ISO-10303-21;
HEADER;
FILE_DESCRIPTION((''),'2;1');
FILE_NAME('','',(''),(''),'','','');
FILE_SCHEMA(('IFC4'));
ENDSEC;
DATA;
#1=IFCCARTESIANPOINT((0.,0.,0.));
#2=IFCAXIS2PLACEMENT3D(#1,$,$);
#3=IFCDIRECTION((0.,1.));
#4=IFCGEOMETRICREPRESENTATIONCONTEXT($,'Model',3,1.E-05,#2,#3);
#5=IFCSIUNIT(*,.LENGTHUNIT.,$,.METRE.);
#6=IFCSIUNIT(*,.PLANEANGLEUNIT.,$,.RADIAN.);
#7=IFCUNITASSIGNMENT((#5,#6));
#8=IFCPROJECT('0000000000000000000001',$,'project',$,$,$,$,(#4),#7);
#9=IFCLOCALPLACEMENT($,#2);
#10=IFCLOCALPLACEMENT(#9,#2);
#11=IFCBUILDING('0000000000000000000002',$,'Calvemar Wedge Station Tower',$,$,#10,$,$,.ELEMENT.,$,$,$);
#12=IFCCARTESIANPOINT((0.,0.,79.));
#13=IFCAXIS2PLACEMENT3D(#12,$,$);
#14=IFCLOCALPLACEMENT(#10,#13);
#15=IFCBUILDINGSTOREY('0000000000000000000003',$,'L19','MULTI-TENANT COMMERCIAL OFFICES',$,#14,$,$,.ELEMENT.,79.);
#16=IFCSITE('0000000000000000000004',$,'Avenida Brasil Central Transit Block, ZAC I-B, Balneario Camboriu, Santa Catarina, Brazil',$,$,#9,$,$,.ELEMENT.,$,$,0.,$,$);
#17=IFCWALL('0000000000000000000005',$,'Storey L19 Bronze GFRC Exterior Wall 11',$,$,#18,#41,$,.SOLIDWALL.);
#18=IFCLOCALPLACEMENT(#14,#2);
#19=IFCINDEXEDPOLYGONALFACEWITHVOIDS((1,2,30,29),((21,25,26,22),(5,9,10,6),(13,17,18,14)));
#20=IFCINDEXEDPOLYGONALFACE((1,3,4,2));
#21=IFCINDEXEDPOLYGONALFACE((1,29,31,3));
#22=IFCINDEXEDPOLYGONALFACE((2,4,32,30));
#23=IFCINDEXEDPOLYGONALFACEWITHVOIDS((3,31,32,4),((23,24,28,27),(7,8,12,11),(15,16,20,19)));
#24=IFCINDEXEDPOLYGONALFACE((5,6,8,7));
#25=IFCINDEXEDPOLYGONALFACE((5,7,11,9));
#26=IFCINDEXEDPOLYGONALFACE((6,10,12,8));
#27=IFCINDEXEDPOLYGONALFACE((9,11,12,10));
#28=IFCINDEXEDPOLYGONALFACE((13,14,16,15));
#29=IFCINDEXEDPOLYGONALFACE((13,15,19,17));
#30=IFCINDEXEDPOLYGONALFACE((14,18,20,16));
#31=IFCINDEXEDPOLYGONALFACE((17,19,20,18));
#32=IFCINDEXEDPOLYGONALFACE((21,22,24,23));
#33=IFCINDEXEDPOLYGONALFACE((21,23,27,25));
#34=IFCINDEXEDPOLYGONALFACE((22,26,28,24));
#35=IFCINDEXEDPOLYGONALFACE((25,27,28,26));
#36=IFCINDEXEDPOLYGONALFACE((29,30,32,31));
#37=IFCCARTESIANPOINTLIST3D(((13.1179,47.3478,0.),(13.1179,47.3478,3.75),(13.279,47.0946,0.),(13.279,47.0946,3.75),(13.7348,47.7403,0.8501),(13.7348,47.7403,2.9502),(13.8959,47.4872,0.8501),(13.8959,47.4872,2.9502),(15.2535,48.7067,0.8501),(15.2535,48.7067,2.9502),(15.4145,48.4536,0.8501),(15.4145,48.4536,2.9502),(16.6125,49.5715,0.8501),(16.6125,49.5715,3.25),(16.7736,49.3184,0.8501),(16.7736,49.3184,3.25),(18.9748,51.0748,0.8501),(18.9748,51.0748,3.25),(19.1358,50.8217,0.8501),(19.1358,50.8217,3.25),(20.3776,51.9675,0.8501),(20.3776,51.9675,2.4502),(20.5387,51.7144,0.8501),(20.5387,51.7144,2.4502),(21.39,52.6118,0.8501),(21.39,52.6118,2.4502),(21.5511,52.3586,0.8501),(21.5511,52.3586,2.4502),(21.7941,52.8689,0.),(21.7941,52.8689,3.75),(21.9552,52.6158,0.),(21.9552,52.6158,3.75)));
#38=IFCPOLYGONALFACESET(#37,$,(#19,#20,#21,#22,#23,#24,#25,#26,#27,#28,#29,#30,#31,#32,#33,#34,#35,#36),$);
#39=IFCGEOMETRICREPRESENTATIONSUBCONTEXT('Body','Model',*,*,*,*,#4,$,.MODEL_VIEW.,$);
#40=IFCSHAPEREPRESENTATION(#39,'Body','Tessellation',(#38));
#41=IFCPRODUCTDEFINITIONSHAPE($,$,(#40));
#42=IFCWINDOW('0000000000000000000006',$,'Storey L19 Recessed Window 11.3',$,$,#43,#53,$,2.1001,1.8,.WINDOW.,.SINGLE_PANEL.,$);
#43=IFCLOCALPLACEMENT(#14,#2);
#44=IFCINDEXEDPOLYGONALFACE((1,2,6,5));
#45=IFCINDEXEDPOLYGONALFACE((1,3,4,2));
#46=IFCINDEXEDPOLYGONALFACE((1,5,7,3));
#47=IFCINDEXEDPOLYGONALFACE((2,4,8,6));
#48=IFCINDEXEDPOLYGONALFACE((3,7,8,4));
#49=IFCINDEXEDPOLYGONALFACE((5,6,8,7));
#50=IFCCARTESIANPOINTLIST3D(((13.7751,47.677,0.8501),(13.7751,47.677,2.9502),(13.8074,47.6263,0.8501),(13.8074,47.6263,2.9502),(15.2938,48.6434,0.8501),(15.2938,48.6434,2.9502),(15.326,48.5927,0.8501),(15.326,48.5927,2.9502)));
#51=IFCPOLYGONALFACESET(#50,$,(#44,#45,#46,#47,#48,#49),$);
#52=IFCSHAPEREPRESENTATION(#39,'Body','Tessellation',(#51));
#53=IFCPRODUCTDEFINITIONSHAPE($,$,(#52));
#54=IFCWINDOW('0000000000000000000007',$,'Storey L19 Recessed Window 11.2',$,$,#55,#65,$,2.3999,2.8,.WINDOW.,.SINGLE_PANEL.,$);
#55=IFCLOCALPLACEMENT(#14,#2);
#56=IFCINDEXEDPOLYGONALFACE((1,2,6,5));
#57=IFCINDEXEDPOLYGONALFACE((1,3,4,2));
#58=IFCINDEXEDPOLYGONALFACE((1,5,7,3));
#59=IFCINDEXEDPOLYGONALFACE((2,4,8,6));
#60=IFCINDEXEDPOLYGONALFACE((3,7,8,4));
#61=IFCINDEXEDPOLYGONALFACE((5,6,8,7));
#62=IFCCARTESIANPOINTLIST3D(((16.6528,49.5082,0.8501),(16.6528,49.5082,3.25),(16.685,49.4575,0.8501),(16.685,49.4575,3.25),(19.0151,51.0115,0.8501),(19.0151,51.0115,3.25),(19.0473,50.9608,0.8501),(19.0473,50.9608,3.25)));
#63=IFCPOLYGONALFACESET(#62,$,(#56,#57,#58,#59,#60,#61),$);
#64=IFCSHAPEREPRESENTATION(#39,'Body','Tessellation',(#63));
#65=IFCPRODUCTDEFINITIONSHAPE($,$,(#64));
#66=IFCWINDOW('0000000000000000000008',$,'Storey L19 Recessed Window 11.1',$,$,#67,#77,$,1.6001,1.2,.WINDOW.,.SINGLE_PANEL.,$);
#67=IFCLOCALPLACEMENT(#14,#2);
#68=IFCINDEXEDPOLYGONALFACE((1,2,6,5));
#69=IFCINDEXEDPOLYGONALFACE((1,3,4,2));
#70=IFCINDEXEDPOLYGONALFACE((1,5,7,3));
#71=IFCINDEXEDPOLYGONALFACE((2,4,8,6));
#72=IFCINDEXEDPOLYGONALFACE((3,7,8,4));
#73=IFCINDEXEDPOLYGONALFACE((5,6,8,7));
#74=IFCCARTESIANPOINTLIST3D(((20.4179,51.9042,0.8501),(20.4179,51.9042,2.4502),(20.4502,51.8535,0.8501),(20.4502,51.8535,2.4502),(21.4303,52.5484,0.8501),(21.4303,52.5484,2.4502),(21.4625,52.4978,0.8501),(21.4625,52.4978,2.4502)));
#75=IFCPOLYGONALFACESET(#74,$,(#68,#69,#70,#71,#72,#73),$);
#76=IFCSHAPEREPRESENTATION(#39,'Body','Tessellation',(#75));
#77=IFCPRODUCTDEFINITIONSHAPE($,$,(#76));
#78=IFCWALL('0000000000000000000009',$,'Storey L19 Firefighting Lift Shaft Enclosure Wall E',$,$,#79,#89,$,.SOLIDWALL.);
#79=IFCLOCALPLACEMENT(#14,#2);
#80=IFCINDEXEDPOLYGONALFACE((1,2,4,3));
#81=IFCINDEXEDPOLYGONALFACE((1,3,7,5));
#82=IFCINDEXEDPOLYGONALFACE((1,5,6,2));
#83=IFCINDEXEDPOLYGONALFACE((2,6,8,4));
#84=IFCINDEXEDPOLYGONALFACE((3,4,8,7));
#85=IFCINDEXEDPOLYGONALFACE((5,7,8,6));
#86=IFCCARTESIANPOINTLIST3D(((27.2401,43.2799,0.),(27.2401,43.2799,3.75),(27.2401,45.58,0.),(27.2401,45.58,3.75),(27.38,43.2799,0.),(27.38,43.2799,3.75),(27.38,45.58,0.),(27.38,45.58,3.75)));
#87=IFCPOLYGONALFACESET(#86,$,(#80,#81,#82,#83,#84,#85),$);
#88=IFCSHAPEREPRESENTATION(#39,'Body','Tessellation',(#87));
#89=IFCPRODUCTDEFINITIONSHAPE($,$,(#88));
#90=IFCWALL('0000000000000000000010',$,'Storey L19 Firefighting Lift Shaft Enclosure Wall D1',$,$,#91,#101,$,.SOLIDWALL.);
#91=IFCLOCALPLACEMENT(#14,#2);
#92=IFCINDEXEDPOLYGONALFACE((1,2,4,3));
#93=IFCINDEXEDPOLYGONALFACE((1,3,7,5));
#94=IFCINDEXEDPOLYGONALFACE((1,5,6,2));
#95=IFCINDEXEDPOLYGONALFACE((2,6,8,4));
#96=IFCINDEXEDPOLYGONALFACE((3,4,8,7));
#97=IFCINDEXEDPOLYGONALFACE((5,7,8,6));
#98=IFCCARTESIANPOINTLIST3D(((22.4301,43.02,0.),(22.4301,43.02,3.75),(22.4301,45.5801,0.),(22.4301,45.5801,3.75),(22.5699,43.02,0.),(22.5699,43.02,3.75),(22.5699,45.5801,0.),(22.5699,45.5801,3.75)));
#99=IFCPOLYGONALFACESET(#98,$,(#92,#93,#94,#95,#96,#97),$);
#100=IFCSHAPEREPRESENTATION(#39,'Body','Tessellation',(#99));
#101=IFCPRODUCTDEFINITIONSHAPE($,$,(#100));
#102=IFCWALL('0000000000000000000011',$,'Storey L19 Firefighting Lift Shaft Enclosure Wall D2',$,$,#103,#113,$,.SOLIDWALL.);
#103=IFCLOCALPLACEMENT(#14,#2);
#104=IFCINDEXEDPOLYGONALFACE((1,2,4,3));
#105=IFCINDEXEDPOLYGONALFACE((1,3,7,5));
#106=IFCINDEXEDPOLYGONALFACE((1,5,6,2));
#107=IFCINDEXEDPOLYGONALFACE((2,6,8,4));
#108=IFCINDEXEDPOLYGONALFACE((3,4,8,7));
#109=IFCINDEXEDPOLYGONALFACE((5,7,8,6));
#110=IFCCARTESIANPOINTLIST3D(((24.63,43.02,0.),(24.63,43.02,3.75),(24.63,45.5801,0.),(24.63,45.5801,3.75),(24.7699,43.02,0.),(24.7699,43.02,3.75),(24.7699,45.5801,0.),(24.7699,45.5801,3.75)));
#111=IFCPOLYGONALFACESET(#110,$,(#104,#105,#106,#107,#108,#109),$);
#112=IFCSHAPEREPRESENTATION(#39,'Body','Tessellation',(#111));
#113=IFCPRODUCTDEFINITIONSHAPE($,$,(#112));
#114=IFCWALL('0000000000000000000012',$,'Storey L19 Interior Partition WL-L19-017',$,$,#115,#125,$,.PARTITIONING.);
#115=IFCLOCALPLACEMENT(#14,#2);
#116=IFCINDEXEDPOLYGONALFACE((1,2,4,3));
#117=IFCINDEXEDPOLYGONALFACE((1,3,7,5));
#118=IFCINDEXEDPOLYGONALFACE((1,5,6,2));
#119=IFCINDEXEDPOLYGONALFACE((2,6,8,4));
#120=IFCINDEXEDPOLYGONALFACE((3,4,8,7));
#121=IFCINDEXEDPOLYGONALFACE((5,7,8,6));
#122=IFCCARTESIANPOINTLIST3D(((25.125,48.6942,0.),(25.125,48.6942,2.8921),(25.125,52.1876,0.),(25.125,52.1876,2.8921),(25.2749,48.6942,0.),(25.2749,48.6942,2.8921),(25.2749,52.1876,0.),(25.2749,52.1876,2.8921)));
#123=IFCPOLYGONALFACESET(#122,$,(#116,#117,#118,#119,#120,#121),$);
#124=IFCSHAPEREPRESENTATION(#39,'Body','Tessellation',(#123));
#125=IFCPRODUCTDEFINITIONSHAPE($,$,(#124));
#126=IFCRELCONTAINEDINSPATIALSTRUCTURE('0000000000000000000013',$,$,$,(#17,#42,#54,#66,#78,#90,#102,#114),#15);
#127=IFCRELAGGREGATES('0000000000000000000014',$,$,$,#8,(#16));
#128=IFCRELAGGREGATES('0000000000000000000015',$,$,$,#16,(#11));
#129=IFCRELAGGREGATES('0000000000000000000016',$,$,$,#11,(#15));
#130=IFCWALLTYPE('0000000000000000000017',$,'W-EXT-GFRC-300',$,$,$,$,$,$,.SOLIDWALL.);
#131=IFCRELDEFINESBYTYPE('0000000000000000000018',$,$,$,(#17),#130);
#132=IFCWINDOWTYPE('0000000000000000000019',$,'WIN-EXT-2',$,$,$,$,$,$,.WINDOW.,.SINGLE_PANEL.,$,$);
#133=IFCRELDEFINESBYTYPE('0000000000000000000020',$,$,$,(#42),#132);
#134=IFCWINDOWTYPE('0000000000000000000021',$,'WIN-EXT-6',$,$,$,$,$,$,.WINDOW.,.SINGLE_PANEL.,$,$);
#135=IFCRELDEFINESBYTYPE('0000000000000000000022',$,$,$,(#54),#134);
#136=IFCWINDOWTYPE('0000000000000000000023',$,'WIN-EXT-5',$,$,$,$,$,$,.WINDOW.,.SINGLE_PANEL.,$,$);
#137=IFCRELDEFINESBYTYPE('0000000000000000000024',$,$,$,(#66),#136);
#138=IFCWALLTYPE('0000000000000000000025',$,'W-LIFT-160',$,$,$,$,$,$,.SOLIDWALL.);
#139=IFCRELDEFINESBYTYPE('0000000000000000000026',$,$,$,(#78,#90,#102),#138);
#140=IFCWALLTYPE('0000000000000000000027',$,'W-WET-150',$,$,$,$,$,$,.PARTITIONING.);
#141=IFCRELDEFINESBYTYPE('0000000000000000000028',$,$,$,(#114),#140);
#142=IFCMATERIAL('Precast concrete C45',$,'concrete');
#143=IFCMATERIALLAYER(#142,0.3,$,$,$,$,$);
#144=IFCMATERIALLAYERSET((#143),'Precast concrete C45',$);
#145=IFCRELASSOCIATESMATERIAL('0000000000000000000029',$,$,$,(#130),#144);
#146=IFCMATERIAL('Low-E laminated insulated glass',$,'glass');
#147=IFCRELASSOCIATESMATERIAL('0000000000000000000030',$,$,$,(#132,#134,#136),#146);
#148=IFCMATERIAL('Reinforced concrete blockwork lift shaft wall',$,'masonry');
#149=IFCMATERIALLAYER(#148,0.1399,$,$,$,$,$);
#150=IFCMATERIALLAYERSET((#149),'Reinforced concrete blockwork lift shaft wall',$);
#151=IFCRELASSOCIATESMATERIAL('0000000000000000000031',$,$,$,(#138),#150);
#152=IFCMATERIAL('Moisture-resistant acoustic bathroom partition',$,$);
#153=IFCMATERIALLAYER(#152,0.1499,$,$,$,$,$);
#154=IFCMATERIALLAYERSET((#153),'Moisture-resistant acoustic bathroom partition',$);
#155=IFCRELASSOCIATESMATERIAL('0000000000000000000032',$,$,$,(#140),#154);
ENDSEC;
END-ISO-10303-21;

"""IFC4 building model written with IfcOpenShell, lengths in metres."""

from ifc_helpers import new_model, si_unit, direction, frame, frame_2d, origin, place, context, subcontext, project, spatial, rectangle, extrude, source, transform, mapped, material, layer, layer_set, type_object, element, fill, save


model = new_model("IFC4")

# Units and contexts
model_context = context("Model", 3, precision=1e-05, world=origin(), true_north=direction((0.0, 1.0)))
body_context = subcontext(model_context, "Body", "Model", "MODEL_VIEW")
ifc_project = project(units=[si_unit("LENGTHUNIT", "METRE"), si_unit("PLANEANGLEUNIT", "RADIAN")], contexts=[model_context])

# Site, building, storey
site_placement = place(None, origin())
site = spatial("IfcSite", under=ifc_project, at=site_placement, Name="Avenida Brasil Central Transit Block, ZAC I-B, Balneario Camboriu, Santa Catarina, Brazil", CompositionType="ELEMENT", RefElevation=0.0)
building_placement = place(site_placement, origin())
building = spatial("IfcBuilding", under=site, at=building_placement, Name="Calvemar Wedge Station Tower", CompositionType="ELEMENT")
storey_placement = place(building_placement, frame((0.0, 0.0, 79.0)))
storey = spatial("IfcBuildingStorey", under=building, at=storey_placement, Name="L19", Description="MULTI-TENANT COMMERCIAL OFFICES", CompositionType="ELEMENT", Elevation=79.0)

# Wall, openings, windows
ifc_material_1 = material(Name="Precast concrete C45", Category="concrete")
ifc_layer_1 = layer(ifc_material_1, 0.3)
ifc_layer_set_1 = layer_set([ifc_layer_1], Name="Precast concrete C45")
wall_type_1 = type_object("IfcWallType", Name="W-EXT-GFRC-300", PredefinedType="SOLIDWALL", material=ifc_layer_set_1)
wall_1_placement = place(storey_placement, frame((21.8748, 52.7424, 0.0), z_axis=(0.0, 0.0, 1.0), x_axis=(-0.843662, -0.536874, 0.0)))
wall_1 = element("IfcWall", 1, at=wall_1_placement, inside=storey, type_object=wall_type_1, Name="Storey L19 Bronze GFRC Exterior Wall 11", PredefinedType="SOLIDWALL", context=body_context, shape_type="SweptSolid", body=[
    extrude(rectangle(XDim=10.2839, YDim=0.3, at=frame_2d((5.1421, 0.0))), origin(), (0.0, 0.0, 1.0), 3.75),
])
shared_shape_1 = source(origin(), body_context, "Body", "SweptSolid", [
    extrude(rectangle(XDim=1.2, YDim=1.6001, at=frame_2d((0.6001, 0.8))), frame((0.0, 0.1602, 0.0), z_axis=(0.0, -1.0, 0.0), x_axis=(1.0, 0.0, 0.0)), (0.0, 0.0, 1.0), 0.3201),
])
opening_1_placement = place(wall_1_placement, frame((0.479, 0.0, 0.8501)))
opening_1 = element("IfcOpeningElement", 2, at=opening_1_placement, cuts=wall_1, PredefinedType="OPENING", context=body_context, shape_type="MappedRepresentation", body=[
    mapped(shared_shape_1, transform((0.0, 0.0, 0.0), scale=1.0)),
])
shared_shape_2 = source(origin(), body_context, "Body", "SweptSolid", [
    extrude(rectangle(XDim=2.8, YDim=2.3999, at=frame_2d((1.3999, 1.2))), frame((0.0, 0.1602, 0.0), z_axis=(0.0, -1.0, 0.0), x_axis=(1.0, 0.0, 0.0)), (0.0, 0.0, 1.0), 0.3201),
])
opening_2_placement = place(wall_1_placement, frame((3.342, 0.0, 0.8501)))
opening_2 = element("IfcOpeningElement", 3, at=opening_2_placement, cuts=wall_1, PredefinedType="OPENING", context=body_context, shape_type="MappedRepresentation", body=[
    mapped(shared_shape_2, transform((0.0, 0.0, 0.0), scale=1.0)),
])
shared_shape_3 = source(origin(), body_context, "Body", "SweptSolid", [
    extrude(rectangle(XDim=1.8, YDim=2.1001, at=frame_2d((0.8999, 1.05))), frame((0.0, 0.1602, 0.0), z_axis=(0.0, -1.0, 0.0), x_axis=(1.0, 0.0, 0.0)), (0.0, 0.0, 1.0), 0.3201),
])
opening_3_placement = place(wall_1_placement, frame((7.7529, 0.0, 0.8501)))
opening_3 = element("IfcOpeningElement", 4, at=opening_3_placement, cuts=wall_1, PredefinedType="OPENING", context=body_context, shape_type="MappedRepresentation", body=[
    mapped(shared_shape_3, transform((0.0, 0.0, 0.0), scale=1.0)),
])
ifc_material_2 = material(Name="Low-E laminated insulated glass", Category="glass")
window_type_1 = type_object("IfcWindowType", Name="WIN-EXT-2", PartitioningType="SINGLE_PANEL", PredefinedType="WINDOW", material=ifc_material_2)
shared_shape_4 = source(origin(), body_context, "Body", "SweptSolid", [
    extrude(rectangle(XDim=1.8, YDim=2.1001, at=frame_2d((0.8999, 1.05))), frame((0.0, -0.0149, 0.0), z_axis=(0.0, -1.0, 0.0), x_axis=(1.0, 0.0, 0.0)), (0.0, 0.0, 1.0), 0.0601),
])
window_1_placement = place(opening_3_placement, origin())
window_1 = element("IfcWindow", 5, at=window_1_placement, inside=storey, type_object=window_type_1, Name="Storey L19 Recessed Window 11.3", OverallHeight=2.1001, OverallWidth=1.8, PartitioningType="SINGLE_PANEL", PredefinedType="WINDOW", context=body_context, shape_type="MappedRepresentation", body=[
    mapped(shared_shape_4, transform((0.0, 0.0, 0.0), scale=1.0)),
])
fill(opening_3, window_1)
window_type_2 = type_object("IfcWindowType", Name="WIN-EXT-6", PartitioningType="SINGLE_PANEL", PredefinedType="WINDOW", material=ifc_material_2)
shared_shape_5 = source(origin(), body_context, "Body", "SweptSolid", [
    extrude(rectangle(XDim=2.8, YDim=2.3999, at=frame_2d((1.3999, 1.2))), frame((0.0, -0.0149, 0.0), z_axis=(0.0, -1.0, 0.0), x_axis=(1.0, 0.0, 0.0)), (0.0, 0.0, 1.0), 0.0601),
])
window_2_placement = place(opening_2_placement, origin())
window_2 = element("IfcWindow", 6, at=window_2_placement, inside=storey, type_object=window_type_2, Name="Storey L19 Recessed Window 11.2", OverallHeight=2.3999, OverallWidth=2.8, PartitioningType="SINGLE_PANEL", PredefinedType="WINDOW", context=body_context, shape_type="MappedRepresentation", body=[
    mapped(shared_shape_5, transform((0.0, 0.0, 0.0), scale=1.0)),
])
fill(opening_2, window_2)
window_type_3 = type_object("IfcWindowType", Name="WIN-EXT-5", PartitioningType="SINGLE_PANEL", PredefinedType="WINDOW", material=ifc_material_2)
shared_shape_6 = source(origin(), body_context, "Body", "SweptSolid", [
    extrude(rectangle(XDim=1.2, YDim=1.6001, at=frame_2d((0.6001, 0.8))), frame((0.0, -0.0149, 0.0), z_axis=(0.0, -1.0, 0.0), x_axis=(1.0, 0.0, 0.0)), (0.0, 0.0, 1.0), 0.0601),
])
window_3_placement = place(opening_1_placement, origin())
window_3 = element("IfcWindow", 7, at=window_3_placement, inside=storey, type_object=window_type_3, Name="Storey L19 Recessed Window 11.1", OverallHeight=1.6001, OverallWidth=1.2, PartitioningType="SINGLE_PANEL", PredefinedType="WINDOW", context=body_context, shape_type="MappedRepresentation", body=[
    mapped(shared_shape_6, transform((0.0, 0.0, 0.0), scale=1.0)),
])
fill(opening_1, window_3)

# Shared definitions
ifc_material_3 = material(Name="Reinforced concrete blockwork lift shaft wall", Category="masonry")
ifc_layer_2 = layer(ifc_material_3, 0.1399)
ifc_layer_set_2 = layer_set([ifc_layer_2], Name="Reinforced concrete blockwork lift shaft wall")
wall_type_2 = type_object("IfcWallType", Name="W-LIFT-160", PredefinedType="SOLIDWALL", material=ifc_layer_set_2)

# Walls
wall_2_placement = place(storey_placement, frame((27.3101, 43.28, 0.0), z_axis=(0.0, 0.0, 1.0), x_axis=(0.0, 1.0, 0.0)))
element("IfcWall", 8, at=wall_2_placement, inside=storey, type_object=wall_type_2, Name="Storey L19 Firefighting Lift Shaft Enclosure Wall E", PredefinedType="SOLIDWALL", context=body_context, shape_type="SweptSolid", body=[
    extrude(rectangle(XDim=2.3, YDim=0.1399, at=frame_2d((1.1499, 0.0))), origin(), (0.0, 0.0, 1.0), 3.75),
])
for number, where, z_axis, x_axis, name in (
    (9, (22.5, 43.02, 0.0), (0.0, 0.0, 1.0), (0.0, 1.0, 0.0), "Storey L19 Firefighting Lift Shaft Enclosure Wall D1"),
    (10, (24.7, 43.02, 0.0), (0.0, 0.0, 1.0), (0.0, 1.0, 0.0), "Storey L19 Firefighting Lift Shaft Enclosure Wall D2"),
):
    element("IfcWall", number, at=place(storey_placement, frame(where, z_axis=z_axis, x_axis=x_axis)), inside=storey, type_object=wall_type_2, Name=name, PredefinedType="SOLIDWALL", context=body_context, shape_type="SweptSolid", body=[
        extrude(rectangle(XDim=2.5601, YDim=0.1399, at=frame_2d((1.28, 0.0))), origin(), (0.0, 0.0, 1.0), 3.75),
    ])
ifc_material_4 = material(Name="Moisture-resistant acoustic bathroom partition")
ifc_layer_3 = layer(ifc_material_4, 0.1499)
ifc_layer_set_3 = layer_set([ifc_layer_3], Name="Moisture-resistant acoustic bathroom partition")
wall_type_3 = type_object("IfcWallType", Name="W-WET-150", PredefinedType="PARTITIONING", material=ifc_layer_set_3)
wall_3_placement = place(storey_placement, frame((25.2, 52.1875, 0.0), z_axis=(0.0, 0.0, 1.0), x_axis=(0.0, -1.0, 0.0)))
element("IfcWall", 11, at=wall_3_placement, inside=storey, type_object=wall_type_3, Name="Storey L19 Interior Partition WL-L19-017", PredefinedType="PARTITIONING", context=body_context, shape_type="SweptSolid", body=[
    extrude(rectangle(XDim=3.4934, YDim=0.1499, at=frame_2d((1.7466, 0.0))), origin(), (0.0, 0.0, 1.0), 2.8921),
])

save(model, "model.ifc")
